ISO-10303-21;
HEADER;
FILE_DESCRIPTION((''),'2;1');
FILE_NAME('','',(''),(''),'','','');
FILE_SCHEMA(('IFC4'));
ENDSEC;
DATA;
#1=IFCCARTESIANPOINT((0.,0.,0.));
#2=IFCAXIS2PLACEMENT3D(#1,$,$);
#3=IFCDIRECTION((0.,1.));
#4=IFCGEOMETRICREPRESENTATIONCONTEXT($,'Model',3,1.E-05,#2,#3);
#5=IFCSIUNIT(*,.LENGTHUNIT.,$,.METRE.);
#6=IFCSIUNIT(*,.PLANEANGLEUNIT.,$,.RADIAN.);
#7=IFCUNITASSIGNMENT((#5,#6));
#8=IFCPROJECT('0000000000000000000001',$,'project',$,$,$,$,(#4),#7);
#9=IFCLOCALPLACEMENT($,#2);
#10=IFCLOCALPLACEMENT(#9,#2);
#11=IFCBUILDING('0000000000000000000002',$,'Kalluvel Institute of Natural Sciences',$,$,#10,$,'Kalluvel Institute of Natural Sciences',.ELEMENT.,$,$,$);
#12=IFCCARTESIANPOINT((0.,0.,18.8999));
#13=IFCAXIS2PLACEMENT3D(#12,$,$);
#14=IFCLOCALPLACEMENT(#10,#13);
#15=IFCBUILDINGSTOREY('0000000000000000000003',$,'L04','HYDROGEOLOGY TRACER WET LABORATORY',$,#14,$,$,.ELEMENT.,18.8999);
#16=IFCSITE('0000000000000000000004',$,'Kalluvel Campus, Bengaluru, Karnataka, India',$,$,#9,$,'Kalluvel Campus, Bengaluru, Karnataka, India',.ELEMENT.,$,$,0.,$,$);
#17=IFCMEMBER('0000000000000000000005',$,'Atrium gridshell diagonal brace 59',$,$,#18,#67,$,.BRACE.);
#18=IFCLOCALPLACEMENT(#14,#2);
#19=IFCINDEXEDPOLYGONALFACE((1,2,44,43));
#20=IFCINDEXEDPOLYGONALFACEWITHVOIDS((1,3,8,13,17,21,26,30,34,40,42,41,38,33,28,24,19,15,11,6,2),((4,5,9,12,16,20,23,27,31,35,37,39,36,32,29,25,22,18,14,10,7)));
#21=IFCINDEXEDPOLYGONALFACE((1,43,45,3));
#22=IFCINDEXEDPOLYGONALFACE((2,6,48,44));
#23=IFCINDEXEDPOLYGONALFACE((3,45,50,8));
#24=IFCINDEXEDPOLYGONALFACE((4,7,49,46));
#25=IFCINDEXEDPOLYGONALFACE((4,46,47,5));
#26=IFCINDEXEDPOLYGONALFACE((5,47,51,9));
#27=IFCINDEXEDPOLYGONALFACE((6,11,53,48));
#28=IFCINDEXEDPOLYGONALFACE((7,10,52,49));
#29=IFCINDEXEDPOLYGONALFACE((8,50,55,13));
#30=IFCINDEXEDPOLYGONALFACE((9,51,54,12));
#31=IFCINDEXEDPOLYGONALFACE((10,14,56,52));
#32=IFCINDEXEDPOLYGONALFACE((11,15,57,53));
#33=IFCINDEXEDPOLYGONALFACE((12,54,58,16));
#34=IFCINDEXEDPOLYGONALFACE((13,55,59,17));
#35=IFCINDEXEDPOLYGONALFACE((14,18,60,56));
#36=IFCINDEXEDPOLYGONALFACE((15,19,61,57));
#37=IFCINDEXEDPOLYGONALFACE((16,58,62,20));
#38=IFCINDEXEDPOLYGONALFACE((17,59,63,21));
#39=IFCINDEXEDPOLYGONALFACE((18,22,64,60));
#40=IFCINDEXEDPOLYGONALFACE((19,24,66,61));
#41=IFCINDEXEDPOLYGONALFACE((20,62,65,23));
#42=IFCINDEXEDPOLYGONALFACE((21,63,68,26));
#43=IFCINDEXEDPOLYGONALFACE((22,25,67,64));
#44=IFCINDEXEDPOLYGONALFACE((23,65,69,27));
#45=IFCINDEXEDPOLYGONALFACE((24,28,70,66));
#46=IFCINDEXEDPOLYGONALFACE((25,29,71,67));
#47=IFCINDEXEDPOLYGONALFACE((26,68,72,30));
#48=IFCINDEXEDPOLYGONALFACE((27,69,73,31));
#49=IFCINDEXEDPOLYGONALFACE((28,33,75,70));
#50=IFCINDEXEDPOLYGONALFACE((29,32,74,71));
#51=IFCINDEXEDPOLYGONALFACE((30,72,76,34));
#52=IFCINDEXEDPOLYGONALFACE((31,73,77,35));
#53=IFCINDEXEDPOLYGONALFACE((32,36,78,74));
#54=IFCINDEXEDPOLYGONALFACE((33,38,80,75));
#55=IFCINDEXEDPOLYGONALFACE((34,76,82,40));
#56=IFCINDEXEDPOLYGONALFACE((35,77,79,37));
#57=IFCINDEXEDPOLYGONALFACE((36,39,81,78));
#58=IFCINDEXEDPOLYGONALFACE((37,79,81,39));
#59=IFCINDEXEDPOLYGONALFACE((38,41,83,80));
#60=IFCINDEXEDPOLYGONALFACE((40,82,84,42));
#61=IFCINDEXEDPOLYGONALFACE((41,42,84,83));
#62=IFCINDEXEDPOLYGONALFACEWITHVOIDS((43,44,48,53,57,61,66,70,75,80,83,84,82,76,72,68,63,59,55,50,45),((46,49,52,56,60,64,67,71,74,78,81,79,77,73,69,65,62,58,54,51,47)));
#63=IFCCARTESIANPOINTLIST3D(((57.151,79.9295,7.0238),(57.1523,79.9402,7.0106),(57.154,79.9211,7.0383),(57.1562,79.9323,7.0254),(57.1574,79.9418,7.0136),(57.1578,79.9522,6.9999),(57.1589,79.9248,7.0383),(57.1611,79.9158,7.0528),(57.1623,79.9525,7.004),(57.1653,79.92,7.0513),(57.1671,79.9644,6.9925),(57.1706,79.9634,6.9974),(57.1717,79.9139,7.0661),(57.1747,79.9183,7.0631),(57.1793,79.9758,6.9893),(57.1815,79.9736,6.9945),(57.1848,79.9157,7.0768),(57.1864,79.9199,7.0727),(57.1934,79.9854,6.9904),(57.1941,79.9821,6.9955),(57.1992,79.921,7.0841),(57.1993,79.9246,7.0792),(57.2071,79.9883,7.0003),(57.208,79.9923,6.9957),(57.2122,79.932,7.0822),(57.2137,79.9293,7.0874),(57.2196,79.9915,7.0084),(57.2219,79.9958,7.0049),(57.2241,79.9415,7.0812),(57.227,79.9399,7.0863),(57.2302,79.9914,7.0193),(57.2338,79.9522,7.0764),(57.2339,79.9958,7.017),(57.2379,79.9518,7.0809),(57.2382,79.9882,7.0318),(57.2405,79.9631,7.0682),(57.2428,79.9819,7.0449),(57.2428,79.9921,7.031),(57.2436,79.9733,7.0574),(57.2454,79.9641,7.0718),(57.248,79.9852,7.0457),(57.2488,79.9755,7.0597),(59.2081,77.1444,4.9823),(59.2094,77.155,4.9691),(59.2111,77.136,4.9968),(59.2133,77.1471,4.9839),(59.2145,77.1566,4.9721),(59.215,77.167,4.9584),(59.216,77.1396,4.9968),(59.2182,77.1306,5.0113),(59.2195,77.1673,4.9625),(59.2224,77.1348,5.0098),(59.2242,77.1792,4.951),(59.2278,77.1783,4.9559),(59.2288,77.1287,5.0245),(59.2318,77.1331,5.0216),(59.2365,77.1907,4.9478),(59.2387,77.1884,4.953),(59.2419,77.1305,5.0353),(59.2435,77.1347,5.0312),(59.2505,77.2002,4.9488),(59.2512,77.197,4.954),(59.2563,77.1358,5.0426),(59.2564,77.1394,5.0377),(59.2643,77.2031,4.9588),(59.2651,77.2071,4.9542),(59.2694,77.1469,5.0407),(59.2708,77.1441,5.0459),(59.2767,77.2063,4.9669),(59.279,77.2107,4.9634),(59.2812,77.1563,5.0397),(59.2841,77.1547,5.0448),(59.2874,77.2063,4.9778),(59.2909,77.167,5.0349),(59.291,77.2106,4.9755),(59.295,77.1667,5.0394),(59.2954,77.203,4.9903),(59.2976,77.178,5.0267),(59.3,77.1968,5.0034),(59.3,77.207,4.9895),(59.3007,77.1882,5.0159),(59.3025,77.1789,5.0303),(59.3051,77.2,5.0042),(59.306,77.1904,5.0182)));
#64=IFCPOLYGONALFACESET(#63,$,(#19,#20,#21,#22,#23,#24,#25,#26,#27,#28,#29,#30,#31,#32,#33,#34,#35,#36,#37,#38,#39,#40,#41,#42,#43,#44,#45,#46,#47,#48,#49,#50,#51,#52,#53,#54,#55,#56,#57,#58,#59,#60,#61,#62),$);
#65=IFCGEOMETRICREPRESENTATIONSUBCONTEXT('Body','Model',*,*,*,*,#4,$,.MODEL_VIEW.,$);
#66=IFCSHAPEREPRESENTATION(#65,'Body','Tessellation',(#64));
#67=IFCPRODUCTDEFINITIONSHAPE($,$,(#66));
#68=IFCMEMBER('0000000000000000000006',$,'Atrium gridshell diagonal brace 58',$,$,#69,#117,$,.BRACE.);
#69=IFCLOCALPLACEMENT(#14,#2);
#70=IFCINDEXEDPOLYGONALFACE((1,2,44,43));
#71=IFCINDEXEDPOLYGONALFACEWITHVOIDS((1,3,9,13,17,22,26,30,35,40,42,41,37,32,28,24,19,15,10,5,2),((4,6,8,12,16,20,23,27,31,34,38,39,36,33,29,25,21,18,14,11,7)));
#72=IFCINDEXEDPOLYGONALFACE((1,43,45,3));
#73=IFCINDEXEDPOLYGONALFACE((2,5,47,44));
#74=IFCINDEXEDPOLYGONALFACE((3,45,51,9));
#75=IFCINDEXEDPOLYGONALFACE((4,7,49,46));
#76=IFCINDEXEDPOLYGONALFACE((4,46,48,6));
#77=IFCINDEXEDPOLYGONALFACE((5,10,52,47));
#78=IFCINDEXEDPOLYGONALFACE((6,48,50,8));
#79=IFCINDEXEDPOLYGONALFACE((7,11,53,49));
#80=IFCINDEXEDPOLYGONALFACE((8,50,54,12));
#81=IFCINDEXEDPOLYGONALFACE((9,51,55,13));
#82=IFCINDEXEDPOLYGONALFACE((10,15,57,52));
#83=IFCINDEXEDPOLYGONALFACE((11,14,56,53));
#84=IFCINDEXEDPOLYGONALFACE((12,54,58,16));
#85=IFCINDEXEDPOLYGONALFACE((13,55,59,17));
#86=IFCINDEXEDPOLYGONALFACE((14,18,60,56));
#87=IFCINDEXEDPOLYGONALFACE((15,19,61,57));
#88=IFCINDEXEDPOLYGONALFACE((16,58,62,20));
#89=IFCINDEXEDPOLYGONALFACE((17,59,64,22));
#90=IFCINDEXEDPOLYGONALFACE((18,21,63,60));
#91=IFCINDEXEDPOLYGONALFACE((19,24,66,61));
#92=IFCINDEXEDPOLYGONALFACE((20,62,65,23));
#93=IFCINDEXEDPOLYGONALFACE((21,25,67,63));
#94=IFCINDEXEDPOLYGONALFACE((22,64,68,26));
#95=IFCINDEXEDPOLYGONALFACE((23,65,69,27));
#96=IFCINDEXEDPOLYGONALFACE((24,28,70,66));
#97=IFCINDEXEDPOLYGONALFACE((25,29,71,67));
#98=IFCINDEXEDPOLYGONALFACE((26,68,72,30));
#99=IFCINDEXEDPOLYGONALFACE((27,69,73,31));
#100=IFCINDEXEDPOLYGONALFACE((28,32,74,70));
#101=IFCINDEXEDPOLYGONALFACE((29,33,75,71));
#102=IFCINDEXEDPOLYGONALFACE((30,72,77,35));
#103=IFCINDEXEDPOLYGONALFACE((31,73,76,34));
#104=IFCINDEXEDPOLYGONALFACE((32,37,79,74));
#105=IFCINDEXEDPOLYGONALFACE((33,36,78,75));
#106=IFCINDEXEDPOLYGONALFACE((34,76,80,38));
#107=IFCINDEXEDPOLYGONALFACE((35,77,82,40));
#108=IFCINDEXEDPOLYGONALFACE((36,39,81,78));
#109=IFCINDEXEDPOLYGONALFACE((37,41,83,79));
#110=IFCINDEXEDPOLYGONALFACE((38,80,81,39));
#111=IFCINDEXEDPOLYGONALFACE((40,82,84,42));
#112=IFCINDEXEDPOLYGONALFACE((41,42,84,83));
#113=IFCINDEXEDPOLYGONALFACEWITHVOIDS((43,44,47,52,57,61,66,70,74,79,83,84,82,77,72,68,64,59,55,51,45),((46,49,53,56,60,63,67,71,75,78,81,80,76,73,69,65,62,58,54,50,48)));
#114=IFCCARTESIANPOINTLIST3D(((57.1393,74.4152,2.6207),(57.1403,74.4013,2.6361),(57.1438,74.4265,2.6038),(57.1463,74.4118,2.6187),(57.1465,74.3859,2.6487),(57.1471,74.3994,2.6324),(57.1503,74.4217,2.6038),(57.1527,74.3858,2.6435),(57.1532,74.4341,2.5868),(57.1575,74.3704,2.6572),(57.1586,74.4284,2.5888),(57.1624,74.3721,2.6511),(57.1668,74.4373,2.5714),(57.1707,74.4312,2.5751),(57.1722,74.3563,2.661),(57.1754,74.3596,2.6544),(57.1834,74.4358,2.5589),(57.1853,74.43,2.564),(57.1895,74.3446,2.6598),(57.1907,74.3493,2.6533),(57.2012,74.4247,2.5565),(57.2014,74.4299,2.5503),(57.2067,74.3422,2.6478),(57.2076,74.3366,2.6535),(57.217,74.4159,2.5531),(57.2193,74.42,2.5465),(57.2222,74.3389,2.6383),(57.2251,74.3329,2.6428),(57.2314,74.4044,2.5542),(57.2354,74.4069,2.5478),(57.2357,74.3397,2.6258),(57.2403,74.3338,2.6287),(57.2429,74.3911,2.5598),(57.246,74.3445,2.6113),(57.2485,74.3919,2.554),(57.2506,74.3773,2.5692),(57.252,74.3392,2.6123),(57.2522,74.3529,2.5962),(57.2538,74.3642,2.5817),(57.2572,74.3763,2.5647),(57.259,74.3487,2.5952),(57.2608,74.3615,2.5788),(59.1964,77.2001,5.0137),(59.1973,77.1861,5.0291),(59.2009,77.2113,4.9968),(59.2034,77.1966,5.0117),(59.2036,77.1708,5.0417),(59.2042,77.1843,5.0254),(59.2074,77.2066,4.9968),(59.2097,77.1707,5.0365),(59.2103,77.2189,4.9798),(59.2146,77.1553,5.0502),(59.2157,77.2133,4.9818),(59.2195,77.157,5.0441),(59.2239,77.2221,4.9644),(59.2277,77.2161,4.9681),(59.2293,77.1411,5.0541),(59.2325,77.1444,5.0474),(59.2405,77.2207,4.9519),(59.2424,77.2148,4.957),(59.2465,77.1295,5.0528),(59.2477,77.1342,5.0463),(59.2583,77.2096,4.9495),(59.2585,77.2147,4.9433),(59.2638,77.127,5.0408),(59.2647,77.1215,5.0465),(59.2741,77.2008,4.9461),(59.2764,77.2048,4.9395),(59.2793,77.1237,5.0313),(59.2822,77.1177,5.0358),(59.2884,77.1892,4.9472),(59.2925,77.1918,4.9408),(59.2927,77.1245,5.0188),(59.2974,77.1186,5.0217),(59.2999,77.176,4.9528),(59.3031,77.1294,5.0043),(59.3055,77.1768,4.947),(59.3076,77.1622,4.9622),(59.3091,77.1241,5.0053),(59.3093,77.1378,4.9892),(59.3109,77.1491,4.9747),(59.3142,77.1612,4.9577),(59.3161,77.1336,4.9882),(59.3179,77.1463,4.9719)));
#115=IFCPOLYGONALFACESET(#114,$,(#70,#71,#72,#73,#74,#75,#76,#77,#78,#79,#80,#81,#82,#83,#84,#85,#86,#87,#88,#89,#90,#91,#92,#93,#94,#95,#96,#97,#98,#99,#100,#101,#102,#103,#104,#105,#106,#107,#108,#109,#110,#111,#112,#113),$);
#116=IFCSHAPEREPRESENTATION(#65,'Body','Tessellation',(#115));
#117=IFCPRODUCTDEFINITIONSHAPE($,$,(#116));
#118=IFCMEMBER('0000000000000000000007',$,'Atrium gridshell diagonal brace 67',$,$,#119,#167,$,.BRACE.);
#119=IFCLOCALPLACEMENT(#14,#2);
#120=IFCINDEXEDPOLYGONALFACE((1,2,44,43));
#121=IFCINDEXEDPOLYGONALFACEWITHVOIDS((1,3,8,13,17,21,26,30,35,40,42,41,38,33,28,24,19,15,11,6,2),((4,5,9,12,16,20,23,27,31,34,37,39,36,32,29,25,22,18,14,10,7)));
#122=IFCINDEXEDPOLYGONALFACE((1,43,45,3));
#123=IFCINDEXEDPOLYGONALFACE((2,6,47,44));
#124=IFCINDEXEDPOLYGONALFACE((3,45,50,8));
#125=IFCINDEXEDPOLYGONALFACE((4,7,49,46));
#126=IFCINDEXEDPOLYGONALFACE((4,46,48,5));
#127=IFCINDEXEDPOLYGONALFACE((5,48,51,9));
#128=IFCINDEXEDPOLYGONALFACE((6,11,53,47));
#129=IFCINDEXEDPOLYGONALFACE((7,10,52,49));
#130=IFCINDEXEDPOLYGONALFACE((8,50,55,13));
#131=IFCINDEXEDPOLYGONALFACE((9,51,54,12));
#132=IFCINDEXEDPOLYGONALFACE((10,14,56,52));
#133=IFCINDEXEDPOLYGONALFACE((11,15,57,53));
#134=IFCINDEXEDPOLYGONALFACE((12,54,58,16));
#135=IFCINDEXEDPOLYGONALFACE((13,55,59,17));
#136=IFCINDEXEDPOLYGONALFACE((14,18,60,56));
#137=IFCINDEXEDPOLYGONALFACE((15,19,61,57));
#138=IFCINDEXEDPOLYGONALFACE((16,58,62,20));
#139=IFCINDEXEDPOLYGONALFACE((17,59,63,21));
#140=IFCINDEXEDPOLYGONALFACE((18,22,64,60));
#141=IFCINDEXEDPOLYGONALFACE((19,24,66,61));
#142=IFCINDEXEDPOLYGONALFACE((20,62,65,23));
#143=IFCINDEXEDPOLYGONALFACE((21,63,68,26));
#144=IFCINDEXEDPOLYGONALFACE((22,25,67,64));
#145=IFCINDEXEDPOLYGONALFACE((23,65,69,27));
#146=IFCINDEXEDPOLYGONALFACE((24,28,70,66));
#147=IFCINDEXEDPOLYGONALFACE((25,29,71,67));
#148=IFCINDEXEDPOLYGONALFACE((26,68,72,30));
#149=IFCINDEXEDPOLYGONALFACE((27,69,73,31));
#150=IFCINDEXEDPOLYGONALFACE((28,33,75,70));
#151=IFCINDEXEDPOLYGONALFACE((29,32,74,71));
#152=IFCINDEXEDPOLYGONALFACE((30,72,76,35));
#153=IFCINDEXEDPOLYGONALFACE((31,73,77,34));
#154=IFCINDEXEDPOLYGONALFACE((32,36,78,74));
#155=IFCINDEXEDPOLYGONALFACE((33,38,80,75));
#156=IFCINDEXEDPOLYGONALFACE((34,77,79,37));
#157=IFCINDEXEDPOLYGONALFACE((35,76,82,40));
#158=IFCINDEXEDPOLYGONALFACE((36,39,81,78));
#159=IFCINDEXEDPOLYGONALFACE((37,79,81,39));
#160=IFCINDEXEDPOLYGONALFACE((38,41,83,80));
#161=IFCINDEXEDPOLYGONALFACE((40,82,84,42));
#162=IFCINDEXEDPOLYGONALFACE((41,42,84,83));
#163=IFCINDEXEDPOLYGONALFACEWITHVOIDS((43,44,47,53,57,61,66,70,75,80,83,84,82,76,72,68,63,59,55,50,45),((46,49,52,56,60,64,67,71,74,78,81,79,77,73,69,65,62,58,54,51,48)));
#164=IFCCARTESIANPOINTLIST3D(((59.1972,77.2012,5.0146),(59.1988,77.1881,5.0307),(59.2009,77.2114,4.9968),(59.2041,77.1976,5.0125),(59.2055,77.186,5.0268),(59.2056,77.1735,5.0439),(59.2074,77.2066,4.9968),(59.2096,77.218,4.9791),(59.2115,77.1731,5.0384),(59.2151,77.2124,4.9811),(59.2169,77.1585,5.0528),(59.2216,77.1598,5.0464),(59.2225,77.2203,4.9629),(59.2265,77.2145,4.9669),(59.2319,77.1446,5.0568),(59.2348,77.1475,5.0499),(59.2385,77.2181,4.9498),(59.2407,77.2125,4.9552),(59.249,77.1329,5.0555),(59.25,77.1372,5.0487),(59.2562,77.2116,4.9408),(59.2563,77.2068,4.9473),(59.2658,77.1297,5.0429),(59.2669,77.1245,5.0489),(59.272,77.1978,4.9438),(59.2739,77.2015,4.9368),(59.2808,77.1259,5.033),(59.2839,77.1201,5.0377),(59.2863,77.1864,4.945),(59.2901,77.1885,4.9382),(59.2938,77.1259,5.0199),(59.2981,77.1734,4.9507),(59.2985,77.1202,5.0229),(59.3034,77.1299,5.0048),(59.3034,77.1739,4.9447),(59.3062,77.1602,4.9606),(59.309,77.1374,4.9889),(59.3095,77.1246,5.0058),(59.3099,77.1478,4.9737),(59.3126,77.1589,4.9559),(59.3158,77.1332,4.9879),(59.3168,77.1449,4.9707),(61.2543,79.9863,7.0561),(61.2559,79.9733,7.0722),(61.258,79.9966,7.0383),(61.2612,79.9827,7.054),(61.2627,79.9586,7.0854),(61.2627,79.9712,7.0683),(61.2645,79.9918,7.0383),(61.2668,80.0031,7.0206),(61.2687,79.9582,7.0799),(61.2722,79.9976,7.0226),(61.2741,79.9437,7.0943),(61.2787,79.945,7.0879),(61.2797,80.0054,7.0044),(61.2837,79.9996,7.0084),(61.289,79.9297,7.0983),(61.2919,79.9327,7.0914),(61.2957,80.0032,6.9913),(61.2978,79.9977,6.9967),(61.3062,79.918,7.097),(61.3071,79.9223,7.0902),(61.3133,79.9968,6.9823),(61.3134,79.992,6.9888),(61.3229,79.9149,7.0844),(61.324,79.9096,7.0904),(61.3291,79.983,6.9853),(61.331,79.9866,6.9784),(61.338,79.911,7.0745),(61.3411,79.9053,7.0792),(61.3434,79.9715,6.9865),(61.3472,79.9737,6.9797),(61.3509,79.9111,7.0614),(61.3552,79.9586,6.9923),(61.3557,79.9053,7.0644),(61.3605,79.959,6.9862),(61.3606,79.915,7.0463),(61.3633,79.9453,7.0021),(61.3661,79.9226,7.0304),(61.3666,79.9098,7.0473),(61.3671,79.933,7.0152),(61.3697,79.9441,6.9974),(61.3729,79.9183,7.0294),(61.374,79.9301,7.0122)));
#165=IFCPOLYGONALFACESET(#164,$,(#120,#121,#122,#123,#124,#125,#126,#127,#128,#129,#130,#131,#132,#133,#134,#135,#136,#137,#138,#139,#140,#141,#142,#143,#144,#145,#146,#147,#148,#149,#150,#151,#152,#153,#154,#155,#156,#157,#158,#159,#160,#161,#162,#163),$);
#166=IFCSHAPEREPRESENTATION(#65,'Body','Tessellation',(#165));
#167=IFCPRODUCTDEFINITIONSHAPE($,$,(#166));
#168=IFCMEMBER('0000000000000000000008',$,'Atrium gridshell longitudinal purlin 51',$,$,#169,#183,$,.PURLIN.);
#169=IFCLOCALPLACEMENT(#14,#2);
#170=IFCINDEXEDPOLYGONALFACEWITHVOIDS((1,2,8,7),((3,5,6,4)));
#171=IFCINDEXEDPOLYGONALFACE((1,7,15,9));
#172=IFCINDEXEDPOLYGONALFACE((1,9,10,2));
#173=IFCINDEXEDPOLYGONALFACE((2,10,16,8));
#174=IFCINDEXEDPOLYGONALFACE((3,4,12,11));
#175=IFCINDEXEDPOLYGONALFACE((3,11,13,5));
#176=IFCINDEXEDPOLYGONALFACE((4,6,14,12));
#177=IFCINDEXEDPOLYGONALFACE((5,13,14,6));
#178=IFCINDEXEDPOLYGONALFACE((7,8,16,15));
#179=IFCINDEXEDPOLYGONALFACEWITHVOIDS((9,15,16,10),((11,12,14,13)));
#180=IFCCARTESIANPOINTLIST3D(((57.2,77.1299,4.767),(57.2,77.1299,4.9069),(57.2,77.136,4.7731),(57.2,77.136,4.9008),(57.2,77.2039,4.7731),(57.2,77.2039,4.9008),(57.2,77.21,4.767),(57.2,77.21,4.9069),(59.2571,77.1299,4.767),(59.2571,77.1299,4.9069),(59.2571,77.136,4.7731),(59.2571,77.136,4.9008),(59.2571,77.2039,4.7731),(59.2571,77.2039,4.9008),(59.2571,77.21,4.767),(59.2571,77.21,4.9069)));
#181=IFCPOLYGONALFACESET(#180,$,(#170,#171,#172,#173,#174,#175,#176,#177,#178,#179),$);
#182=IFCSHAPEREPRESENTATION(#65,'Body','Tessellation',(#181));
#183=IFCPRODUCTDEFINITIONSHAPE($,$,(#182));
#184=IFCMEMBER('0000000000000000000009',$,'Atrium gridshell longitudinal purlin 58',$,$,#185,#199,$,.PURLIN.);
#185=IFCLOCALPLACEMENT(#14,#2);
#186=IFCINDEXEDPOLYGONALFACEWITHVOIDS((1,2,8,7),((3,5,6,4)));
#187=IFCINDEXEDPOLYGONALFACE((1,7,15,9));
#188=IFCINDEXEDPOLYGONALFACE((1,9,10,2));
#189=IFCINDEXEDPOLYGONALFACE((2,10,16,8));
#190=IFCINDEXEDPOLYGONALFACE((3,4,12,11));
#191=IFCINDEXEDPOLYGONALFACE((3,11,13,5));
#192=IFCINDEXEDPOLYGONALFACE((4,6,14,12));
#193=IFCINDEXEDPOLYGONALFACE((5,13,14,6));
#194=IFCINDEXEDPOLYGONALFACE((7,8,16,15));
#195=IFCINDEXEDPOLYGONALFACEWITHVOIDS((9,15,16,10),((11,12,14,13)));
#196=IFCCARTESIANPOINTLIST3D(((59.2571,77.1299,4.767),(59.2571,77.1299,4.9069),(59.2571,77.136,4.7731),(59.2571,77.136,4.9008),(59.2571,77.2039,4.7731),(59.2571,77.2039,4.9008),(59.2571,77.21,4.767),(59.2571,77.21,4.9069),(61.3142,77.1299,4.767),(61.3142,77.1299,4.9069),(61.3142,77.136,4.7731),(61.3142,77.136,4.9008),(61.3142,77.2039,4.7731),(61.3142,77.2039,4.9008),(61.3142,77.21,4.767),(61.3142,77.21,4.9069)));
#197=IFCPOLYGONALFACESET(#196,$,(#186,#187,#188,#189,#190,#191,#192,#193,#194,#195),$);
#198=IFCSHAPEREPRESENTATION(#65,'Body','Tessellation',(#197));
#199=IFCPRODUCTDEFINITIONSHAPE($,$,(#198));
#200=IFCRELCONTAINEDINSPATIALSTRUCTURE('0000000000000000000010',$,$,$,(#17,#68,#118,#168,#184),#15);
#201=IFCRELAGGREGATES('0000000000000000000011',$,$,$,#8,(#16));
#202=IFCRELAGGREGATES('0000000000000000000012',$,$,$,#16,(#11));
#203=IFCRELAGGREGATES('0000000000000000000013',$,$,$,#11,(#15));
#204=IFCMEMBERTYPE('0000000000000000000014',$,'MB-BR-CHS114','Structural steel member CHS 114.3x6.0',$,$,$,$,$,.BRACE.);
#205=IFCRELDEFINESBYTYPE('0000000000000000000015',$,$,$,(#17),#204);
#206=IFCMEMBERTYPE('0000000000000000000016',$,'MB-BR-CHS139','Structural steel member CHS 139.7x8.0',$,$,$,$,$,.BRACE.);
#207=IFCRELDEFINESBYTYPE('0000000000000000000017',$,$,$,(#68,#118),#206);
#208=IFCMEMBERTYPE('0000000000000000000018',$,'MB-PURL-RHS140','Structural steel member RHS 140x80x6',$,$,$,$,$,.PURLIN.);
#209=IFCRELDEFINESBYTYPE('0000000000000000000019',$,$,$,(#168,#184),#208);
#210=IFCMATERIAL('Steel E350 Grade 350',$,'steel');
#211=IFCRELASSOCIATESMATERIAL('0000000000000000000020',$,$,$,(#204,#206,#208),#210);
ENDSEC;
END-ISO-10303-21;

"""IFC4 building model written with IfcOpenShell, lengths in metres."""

from ifc_helpers import new_model, si_unit, direction, frame, origin, origin_2d, place, context, subcontext, project, spatial, hollow_rectangle, hollow_circle, extrude, material, material_profile, profile_set, type_object, element, save


model = new_model("IFC4")

# Units and contexts
model_context = context("Model", 3, precision=1e-05, world=origin(), true_north=direction((0.0, 1.0)))
body_context = subcontext(model_context, "Body", "Model", "MODEL_VIEW")
ifc_project = project(units=[si_unit("LENGTHUNIT", "METRE"), si_unit("PLANEANGLEUNIT", "RADIAN")], contexts=[model_context])

# Site, building, storey
site_placement = place(None, origin())
site = spatial("IfcSite", under=ifc_project, at=site_placement, Name="Kalluvel Campus, Bengaluru, Karnataka, India", LongName="Kalluvel Campus, Bengaluru, Karnataka, India", CompositionType="ELEMENT", RefElevation=0.0)
building_placement = place(site_placement, origin())
building = spatial("IfcBuilding", under=site, at=building_placement, Name="Kalluvel Institute of Natural Sciences", LongName="Kalluvel Institute of Natural Sciences", CompositionType="ELEMENT")
storey_placement = place(building_placement, frame((0.0, 0.0, 18.8999)))
storey = spatial("IfcBuildingStorey", under=building, at=storey_placement, Name="L04", Description="HYDROGEOLOGY TRACER WET LABORATORY", CompositionType="ELEMENT", Elevation=18.8999)

# Members
ifc_material_1 = material(Name="Steel E350 Grade 350", Category="steel")
ifc_material_profile_1 = material_profile(ifc_material_1, hollow_circle(Radius=0.0571, WallThickness=0.0061, at=origin_2d()), Name="CHS 114.3x6.0")
ifc_profile_set_1 = profile_set([ifc_material_profile_1], Name="Steel E350 Grade 350")
member_type_1 = type_object("IfcMemberType", Name="MB-BR-CHS114", Description="Structural steel member CHS 114.3x6.0", PredefinedType="BRACE", material=ifc_profile_set_1)
member_1_placement = place(storey_placement, frame((59.2571, 77.1699, 4.9968), z_axis=(-0.511784, 0.692906, 0.507896), x_axis=(-0.804378, -0.594117, 0.0)))
element("IfcMember", 1, at=member_1_placement, inside=storey, type_object=member_type_1, Name="Atrium gridshell diagonal brace 59", PredefinedType="BRACE", context=body_context, shape_type="SweptSolid", body=[
    extrude(hollow_circle(Radius=0.0571, WallThickness=0.0061, at=origin_2d()), origin(), (0.0, 0.0, 1.0), 4.0195),
])
ifc_material_profile_2 = material_profile(ifc_material_1, hollow_circle(Radius=0.0698, WallThickness=0.0081, at=origin_2d()), Name="CHS 139.7x8.0")
ifc_profile_set_2 = profile_set([ifc_material_profile_2], Name="Steel E350 Grade 350")
member_type_2 = type_object("IfcMemberType", Name="MB-BR-CHS139", Description="Structural steel member CHS 139.7x8.0", PredefinedType="BRACE", material=ifc_profile_set_2)
member_2_placement = place(storey_placement, frame((57.2, 74.385, 2.6038), z_axis=(0.488765, 0.661683, 0.568582), x_axis=(-0.804353, 0.594151, 0.0)))
element("IfcMember", 2, at=member_2_placement, inside=storey, type_object=member_type_2, Name="Atrium gridshell diagonal brace 58", PredefinedType="BRACE", context=body_context, shape_type="SweptSolid", body=[
    extrude(hollow_circle(Radius=0.0698, WallThickness=0.0081, at=origin_2d()), origin(), (0.0, 0.0, 1.0), 4.2087),
])
member_3_placement = place(storey_placement, frame((59.2571, 77.1699, 4.9968), z_axis=(0.511784, 0.692906, 0.507896), x_axis=(-0.804378, 0.594117, 0.0)))
element("IfcMember", 3, at=member_3_placement, inside=storey, type_object=member_type_2, Name="Atrium gridshell diagonal brace 67", PredefinedType="BRACE", context=body_context, shape_type="SweptSolid", body=[
    extrude(hollow_circle(Radius=0.0698, WallThickness=0.0081, at=origin_2d()), origin(), (0.0, 0.0, 1.0), 4.0195),
])
ifc_material_profile_3 = material_profile(ifc_material_1, hollow_rectangle(XDim=0.0801, YDim=0.1399, WallThickness=0.0061, at=origin_2d()), Name="RHS 140x80x6")
ifc_profile_set_3 = profile_set([ifc_material_profile_3], Name="Steel E350 Grade 350")
member_type_3 = type_object("IfcMemberType", Name="MB-PURL-RHS140", Description="Structural steel member RHS 140x80x6", PredefinedType="PURLIN", material=ifc_profile_set_3)
for number, where, z_axis, x_axis, name in (
    (4, (57.2, 77.1699, 4.8369), (1.0, 0.0, 0.0), (0.0, 1.0, 0.0), "Atrium gridshell longitudinal purlin 51"),
    (5, (59.2571, 77.1699, 4.8369), (1.0, 0.0, 0.0), (0.0, 1.0, 0.0), "Atrium gridshell longitudinal purlin 58"),
):
    element("IfcMember", number, at=place(storey_placement, frame(where, z_axis=z_axis, x_axis=x_axis)), inside=storey, type_object=member_type_3, Name=name, PredefinedType="PURLIN", context=body_context, shape_type="SweptSolid", body=[
        extrude(hollow_rectangle(XDim=0.0801, YDim=0.1399, WallThickness=0.0061, at=origin_2d()), origin(), (0.0, 0.0, 1.0), 2.0571),
    ])

save(model, "model.ifc")
